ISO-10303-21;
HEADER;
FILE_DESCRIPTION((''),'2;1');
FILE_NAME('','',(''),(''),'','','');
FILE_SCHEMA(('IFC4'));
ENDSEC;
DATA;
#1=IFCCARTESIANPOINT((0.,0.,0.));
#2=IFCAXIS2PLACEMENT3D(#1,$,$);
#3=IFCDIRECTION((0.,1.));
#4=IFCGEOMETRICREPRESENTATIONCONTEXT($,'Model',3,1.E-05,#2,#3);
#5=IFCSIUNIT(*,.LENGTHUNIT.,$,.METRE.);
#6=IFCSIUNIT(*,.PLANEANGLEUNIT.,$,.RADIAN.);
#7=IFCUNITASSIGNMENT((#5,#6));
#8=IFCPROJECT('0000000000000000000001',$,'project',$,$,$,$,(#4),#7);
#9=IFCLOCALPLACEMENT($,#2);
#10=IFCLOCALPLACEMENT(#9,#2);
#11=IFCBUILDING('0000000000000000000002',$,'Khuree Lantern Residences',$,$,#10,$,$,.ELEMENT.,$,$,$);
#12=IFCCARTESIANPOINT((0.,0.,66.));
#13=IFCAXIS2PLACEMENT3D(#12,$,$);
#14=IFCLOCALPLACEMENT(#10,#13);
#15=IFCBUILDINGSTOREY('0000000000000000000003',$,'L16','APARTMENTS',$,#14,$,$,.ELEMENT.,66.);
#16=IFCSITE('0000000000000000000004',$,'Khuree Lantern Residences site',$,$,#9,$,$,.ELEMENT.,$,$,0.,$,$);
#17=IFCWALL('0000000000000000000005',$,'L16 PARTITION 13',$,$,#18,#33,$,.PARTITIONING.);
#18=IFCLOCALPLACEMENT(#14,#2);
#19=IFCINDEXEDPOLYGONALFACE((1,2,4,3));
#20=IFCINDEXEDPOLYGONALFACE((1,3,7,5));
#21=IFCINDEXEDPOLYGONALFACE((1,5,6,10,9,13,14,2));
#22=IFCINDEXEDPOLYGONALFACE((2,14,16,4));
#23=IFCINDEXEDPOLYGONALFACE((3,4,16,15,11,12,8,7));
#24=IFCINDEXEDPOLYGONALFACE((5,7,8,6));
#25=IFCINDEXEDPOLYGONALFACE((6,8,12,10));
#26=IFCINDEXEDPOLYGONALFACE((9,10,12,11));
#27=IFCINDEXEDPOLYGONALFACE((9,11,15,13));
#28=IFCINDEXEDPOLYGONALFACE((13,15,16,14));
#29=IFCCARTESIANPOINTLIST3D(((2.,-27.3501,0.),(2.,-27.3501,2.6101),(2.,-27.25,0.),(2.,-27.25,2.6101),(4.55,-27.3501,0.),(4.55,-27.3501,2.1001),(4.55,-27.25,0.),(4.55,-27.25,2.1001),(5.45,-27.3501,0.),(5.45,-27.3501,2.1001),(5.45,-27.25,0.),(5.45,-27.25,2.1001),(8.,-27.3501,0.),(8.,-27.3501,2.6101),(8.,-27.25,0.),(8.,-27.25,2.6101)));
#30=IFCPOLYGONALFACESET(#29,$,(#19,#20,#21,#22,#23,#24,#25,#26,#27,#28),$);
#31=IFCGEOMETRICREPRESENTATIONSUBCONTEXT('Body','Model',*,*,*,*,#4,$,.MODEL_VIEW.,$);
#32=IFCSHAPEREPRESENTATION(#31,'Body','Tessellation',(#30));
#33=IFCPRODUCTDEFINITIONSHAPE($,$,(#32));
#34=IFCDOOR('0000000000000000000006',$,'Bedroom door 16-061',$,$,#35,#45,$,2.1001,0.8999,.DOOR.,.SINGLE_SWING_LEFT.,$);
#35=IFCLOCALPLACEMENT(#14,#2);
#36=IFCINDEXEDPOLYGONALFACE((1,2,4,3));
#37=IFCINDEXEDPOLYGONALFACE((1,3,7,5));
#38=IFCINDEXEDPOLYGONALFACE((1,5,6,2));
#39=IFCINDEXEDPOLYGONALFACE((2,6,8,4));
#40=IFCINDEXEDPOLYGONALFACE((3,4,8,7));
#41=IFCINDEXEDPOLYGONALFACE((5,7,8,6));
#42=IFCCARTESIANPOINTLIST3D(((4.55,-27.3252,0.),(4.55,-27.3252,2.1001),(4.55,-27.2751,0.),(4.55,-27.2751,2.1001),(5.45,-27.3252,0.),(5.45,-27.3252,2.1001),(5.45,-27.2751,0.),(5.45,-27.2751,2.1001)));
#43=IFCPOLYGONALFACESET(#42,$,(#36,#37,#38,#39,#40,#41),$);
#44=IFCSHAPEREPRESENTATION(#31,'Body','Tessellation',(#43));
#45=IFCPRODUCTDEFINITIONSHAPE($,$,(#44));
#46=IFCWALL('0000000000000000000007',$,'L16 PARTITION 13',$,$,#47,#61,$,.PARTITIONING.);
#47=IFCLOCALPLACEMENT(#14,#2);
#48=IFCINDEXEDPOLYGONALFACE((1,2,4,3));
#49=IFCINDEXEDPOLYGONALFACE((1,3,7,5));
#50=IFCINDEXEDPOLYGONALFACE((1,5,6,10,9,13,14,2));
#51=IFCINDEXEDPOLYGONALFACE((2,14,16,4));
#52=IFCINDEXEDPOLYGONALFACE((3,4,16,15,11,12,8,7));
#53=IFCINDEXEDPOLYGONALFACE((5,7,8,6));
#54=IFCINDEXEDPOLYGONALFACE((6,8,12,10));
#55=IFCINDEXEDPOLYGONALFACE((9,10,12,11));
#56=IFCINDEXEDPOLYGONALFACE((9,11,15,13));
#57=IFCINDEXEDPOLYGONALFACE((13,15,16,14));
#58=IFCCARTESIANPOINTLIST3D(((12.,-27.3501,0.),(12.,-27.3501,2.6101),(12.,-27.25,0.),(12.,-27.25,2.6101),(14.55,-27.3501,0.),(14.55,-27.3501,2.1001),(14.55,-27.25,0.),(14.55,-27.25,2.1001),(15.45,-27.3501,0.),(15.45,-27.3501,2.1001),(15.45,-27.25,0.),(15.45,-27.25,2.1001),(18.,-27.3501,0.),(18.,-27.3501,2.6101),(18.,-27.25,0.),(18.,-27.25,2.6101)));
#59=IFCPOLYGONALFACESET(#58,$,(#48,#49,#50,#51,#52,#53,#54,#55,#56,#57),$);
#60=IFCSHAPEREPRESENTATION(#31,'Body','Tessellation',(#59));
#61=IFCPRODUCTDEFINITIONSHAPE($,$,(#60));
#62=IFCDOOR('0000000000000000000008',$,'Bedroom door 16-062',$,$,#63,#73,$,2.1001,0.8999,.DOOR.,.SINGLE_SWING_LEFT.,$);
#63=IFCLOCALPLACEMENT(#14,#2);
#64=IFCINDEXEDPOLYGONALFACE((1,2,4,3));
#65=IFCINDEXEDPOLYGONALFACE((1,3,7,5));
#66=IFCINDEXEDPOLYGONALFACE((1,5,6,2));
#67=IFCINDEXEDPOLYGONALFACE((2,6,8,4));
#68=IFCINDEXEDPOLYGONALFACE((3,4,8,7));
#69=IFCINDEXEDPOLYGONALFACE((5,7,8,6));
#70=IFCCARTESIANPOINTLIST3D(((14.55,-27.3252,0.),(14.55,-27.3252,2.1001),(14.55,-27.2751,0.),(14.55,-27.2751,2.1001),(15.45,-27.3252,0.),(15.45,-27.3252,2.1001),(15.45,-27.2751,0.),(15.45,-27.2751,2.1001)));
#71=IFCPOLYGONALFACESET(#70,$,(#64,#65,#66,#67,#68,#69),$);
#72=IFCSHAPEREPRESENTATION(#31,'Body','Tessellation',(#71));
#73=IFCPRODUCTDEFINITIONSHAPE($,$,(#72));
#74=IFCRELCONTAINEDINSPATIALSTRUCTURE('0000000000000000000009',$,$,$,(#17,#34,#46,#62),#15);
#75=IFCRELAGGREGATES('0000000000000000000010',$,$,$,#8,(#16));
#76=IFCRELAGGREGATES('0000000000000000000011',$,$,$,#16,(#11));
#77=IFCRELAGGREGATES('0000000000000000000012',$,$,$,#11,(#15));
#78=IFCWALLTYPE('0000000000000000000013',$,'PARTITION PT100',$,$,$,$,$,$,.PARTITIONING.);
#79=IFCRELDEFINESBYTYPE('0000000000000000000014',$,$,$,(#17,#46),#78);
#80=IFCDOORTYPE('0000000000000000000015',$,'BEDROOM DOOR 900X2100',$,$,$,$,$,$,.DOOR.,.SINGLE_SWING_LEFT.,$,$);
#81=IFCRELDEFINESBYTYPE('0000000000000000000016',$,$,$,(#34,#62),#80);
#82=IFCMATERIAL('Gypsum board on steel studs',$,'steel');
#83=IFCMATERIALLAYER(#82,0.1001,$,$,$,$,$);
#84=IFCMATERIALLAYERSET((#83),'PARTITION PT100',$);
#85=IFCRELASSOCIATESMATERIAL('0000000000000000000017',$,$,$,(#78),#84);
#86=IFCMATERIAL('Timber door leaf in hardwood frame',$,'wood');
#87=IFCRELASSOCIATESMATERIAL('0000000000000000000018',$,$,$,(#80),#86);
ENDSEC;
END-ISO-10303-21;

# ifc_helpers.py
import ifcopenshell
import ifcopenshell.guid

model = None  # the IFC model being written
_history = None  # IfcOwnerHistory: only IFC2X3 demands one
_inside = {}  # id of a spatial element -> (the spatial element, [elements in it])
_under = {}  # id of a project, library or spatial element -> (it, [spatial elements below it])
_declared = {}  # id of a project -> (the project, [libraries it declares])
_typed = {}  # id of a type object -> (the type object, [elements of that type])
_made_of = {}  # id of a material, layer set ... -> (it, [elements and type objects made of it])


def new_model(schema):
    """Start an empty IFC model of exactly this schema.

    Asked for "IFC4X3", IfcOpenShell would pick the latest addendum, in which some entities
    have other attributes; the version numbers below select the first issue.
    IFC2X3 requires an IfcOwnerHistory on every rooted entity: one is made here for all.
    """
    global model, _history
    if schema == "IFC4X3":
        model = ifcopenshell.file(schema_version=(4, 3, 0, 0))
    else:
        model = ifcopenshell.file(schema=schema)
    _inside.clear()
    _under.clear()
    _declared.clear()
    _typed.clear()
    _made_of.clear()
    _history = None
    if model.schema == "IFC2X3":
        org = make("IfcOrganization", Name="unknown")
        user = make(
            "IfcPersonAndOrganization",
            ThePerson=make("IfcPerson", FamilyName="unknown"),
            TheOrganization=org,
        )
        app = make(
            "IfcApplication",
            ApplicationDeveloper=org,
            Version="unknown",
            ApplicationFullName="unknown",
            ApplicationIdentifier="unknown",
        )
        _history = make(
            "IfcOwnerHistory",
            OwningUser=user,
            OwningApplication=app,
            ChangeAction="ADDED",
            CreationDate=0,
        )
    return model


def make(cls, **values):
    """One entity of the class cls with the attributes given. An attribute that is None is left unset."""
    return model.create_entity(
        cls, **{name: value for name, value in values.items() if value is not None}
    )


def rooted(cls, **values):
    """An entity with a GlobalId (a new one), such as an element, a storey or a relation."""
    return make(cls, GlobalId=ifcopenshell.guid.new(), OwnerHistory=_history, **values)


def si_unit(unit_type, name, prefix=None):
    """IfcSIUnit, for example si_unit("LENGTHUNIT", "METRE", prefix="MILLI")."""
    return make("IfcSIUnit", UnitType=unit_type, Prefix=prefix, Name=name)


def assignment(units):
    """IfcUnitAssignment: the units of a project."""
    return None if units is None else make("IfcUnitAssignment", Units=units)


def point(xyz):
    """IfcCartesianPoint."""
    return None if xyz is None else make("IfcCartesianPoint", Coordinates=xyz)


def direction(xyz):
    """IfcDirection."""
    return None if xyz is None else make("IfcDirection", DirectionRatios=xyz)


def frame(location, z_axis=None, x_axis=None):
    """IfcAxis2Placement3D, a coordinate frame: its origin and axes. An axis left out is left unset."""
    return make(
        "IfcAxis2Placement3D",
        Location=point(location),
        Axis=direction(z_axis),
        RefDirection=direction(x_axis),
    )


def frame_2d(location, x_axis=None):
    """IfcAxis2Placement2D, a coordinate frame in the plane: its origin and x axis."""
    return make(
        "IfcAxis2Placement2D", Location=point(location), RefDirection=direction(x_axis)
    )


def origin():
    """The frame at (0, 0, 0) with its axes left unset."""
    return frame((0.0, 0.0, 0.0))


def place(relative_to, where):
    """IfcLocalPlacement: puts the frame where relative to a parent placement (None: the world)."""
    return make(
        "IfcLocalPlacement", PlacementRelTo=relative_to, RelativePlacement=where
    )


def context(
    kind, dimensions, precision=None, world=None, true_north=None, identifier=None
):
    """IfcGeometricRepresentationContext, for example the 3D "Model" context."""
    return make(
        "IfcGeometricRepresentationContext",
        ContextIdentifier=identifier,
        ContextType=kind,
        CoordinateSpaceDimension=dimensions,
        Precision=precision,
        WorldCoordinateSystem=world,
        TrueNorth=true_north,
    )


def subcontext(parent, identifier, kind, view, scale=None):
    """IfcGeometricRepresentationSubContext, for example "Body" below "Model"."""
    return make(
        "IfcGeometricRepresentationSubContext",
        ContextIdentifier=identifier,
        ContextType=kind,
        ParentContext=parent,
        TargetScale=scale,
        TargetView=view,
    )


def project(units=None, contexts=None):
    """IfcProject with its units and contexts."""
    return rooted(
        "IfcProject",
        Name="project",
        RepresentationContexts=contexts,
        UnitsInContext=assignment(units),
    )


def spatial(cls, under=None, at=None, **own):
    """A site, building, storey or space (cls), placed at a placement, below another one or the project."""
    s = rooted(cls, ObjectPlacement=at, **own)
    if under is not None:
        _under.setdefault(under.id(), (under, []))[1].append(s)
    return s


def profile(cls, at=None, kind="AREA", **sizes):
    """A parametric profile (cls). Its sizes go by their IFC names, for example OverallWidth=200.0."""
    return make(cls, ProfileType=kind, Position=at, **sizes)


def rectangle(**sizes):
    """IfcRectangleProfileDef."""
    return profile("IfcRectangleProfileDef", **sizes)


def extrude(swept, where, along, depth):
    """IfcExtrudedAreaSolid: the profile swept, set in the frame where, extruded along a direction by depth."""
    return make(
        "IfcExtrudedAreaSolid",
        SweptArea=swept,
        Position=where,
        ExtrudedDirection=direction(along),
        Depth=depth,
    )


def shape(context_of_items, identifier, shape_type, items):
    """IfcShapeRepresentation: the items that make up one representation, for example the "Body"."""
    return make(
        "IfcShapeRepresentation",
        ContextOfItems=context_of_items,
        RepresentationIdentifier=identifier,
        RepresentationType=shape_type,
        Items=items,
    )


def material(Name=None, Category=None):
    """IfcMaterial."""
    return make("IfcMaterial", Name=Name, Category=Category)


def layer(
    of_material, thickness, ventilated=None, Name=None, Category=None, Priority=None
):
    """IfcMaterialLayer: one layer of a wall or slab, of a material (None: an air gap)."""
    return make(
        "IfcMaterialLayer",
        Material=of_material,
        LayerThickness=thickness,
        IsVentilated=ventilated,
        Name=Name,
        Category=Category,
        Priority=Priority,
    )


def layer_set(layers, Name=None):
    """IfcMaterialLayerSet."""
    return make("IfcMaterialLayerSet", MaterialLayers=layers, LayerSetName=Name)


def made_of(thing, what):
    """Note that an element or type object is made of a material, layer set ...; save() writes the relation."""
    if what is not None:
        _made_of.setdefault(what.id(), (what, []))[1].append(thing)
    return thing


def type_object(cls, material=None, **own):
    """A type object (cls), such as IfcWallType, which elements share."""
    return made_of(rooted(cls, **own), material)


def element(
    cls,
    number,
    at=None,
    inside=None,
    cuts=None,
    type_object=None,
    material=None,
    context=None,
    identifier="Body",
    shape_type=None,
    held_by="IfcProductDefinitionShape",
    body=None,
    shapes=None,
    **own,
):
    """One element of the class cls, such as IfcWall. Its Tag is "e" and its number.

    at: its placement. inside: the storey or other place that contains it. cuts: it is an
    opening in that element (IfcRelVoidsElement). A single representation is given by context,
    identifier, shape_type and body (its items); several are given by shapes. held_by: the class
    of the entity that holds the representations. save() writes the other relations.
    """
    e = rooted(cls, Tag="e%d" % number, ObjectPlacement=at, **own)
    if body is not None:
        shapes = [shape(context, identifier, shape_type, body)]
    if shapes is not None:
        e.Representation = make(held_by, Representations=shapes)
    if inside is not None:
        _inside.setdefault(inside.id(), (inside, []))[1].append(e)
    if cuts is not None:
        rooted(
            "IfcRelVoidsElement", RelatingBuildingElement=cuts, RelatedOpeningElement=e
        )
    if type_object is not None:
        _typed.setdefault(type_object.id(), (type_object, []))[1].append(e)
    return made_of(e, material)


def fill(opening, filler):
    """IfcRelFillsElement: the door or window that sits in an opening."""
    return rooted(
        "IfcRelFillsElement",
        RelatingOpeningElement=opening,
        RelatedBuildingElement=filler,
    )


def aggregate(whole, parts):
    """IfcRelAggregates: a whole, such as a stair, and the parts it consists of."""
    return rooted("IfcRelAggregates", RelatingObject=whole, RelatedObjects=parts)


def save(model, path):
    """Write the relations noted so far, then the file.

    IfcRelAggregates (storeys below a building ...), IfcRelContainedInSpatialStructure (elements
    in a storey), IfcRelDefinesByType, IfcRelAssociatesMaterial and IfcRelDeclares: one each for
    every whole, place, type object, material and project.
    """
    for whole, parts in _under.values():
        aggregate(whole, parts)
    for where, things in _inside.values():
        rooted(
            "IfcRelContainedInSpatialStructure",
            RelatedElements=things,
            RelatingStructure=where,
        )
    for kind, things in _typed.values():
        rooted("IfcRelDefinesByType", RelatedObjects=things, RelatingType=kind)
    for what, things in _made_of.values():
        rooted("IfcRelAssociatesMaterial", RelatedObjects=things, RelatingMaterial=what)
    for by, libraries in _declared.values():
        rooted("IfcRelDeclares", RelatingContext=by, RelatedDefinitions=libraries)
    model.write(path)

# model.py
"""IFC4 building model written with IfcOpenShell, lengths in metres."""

from ifc_helpers import new_model, si_unit, direction, frame, frame_2d, origin, place, context, subcontext, project, spatial, rectangle, extrude, material, layer, layer_set, type_object, element, fill, save


model = new_model("IFC4")

# Units and contexts
model_context = context("Model", 3, precision=1e-05, world=origin(), true_north=direction((0.0, 1.0)))
body_context = subcontext(model_context, "Body", "Model", "MODEL_VIEW")
ifc_project = project(units=[si_unit("LENGTHUNIT", "METRE"), si_unit("PLANEANGLEUNIT", "RADIAN")], contexts=[model_context])

# Site, building, storey
site_placement = place(None, origin())
site = spatial("IfcSite", under=ifc_project, at=site_placement, Name="Khuree Lantern Residences site", CompositionType="ELEMENT", RefElevation=0.0)
building_placement = place(site_placement, origin())
building = spatial("IfcBuilding", under=site, at=building_placement, Name="Khuree Lantern Residences", CompositionType="ELEMENT")
storey_placement = place(building_placement, frame((0.0, 0.0, 66.0)))
storey = spatial("IfcBuildingStorey", under=building, at=storey_placement, Name="L16", Description="APARTMENTS", CompositionType="ELEMENT", Elevation=66.0)

# Shared definitions
ifc_material_1 = material(Name="Timber door leaf in hardwood frame", Category="wood")

# Shared definitions
ifc_material_2 = material(Name="Gypsum board on steel studs", Category="steel")
ifc_layer_1 = layer(ifc_material_2, 0.1001)
ifc_layer_set_1 = layer_set([ifc_layer_1], Name="PARTITION PT100")
wall_type_1 = type_object("IfcWallType", Name="PARTITION PT100", PredefinedType="PARTITIONING", material=ifc_layer_set_1)

# Walls, openings, doors
wall_1_placement = place(storey_placement, frame((2.0, -27.3, 0.0), z_axis=(0.0, 0.0, 1.0), x_axis=(1.0, 0.0, 0.0)))
wall_1 = element("IfcWall", 1, at=wall_1_placement, inside=storey, type_object=wall_type_1, Name="L16 PARTITION 13", PredefinedType="PARTITIONING", context=body_context, shape_type="SweptSolid", body=[
    extrude(rectangle(XDim=6.0, YDim=0.1001, at=frame_2d((3.0, 0.0))), origin(), (0.0, 0.0, 1.0), 2.6101),
])
opening_1_placement = place(wall_1_placement, frame((2.55, 0.0, 0.0)))
opening_1 = element("IfcOpeningElement", 2, at=opening_1_placement, cuts=wall_1, PredefinedType="OPENING", context=body_context, shape_type="SweptSolid", body=[
    extrude(rectangle(XDim=0.8999, YDim=2.1001, at=frame_2d((0.45, 1.05))), frame((0.0, 0.0601, 0.0), z_axis=(0.0, -1.0, 0.0), x_axis=(1.0, 0.0, 0.0)), (0.0, 0.0, 1.0), 0.1201),
])
door_type_1 = type_object("IfcDoorType", Name="BEDROOM DOOR 900X2100", OperationType="SINGLE_SWING_LEFT", PredefinedType="DOOR", material=ifc_material_1)
door_1_placement = place(opening_1_placement, origin())
door_1 = element("IfcDoor", 3, at=door_1_placement, inside=storey, type_object=door_type_1, Name="Bedroom door 16-061", OperationType="SINGLE_SWING_LEFT", OverallHeight=2.1001, OverallWidth=0.8999, PredefinedType="DOOR", context=body_context, shape_type="SweptSolid", body=[
    extrude(rectangle(XDim=0.8999, YDim=2.1001, at=frame_2d((0.45, 1.05))), frame((0.0, 0.0249, 0.0), z_axis=(0.0, -1.0, 0.0), x_axis=(1.0, 0.0, 0.0)), (0.0, 0.0, 1.0), 0.05),
])
fill(opening_1, door_1)
wall_2_placement = place(storey_placement, frame((12.0, -27.3, 0.0), z_axis=(0.0, 0.0, 1.0), x_axis=(1.0, 0.0, 0.0)))
wall_2 = element("IfcWall", 4, at=wall_2_placement, inside=storey, type_object=wall_type_1, Name="L16 PARTITION 13", PredefinedType="PARTITIONING", context=body_context, shape_type="SweptSolid", body=[
    extrude(rectangle(XDim=6.0, YDim=0.1001, at=frame_2d((3.0, 0.0))), origin(), (0.0, 0.0, 1.0), 2.6101),
])
opening_2_placement = place(wall_2_placement, frame((2.55, 0.0, 0.0)))
opening_2 = element("IfcOpeningElement", 5, at=opening_2_placement, cuts=wall_2, PredefinedType="OPENING", context=body_context, shape_type="SweptSolid", body=[
    extrude(rectangle(XDim=0.8999, YDim=2.1001, at=frame_2d((0.45, 1.05))), frame((0.0, 0.0601, 0.0), z_axis=(0.0, -1.0, 0.0), x_axis=(1.0, 0.0, 0.0)), (0.0, 0.0, 1.0), 0.1201),
])
door_2_placement = place(opening_2_placement, origin())
door_2 = element("IfcDoor", 6, at=door_2_placement, inside=storey, type_object=door_type_1, Name="Bedroom door 16-062", OperationType="SINGLE_SWING_LEFT", OverallHeight=2.1001, OverallWidth=0.8999, PredefinedType="DOOR", context=body_context, shape_type="SweptSolid", body=[
    extrude(rectangle(XDim=0.8999, YDim=2.1001, at=frame_2d((0.45, 1.05))), frame((0.0, 0.0249, 0.0), z_axis=(0.0, -1.0, 0.0), x_axis=(1.0, 0.0, 0.0)), (0.0, 0.0, 1.0), 0.05),
])
fill(opening_2, door_2)

save(model, "model.ifc")
